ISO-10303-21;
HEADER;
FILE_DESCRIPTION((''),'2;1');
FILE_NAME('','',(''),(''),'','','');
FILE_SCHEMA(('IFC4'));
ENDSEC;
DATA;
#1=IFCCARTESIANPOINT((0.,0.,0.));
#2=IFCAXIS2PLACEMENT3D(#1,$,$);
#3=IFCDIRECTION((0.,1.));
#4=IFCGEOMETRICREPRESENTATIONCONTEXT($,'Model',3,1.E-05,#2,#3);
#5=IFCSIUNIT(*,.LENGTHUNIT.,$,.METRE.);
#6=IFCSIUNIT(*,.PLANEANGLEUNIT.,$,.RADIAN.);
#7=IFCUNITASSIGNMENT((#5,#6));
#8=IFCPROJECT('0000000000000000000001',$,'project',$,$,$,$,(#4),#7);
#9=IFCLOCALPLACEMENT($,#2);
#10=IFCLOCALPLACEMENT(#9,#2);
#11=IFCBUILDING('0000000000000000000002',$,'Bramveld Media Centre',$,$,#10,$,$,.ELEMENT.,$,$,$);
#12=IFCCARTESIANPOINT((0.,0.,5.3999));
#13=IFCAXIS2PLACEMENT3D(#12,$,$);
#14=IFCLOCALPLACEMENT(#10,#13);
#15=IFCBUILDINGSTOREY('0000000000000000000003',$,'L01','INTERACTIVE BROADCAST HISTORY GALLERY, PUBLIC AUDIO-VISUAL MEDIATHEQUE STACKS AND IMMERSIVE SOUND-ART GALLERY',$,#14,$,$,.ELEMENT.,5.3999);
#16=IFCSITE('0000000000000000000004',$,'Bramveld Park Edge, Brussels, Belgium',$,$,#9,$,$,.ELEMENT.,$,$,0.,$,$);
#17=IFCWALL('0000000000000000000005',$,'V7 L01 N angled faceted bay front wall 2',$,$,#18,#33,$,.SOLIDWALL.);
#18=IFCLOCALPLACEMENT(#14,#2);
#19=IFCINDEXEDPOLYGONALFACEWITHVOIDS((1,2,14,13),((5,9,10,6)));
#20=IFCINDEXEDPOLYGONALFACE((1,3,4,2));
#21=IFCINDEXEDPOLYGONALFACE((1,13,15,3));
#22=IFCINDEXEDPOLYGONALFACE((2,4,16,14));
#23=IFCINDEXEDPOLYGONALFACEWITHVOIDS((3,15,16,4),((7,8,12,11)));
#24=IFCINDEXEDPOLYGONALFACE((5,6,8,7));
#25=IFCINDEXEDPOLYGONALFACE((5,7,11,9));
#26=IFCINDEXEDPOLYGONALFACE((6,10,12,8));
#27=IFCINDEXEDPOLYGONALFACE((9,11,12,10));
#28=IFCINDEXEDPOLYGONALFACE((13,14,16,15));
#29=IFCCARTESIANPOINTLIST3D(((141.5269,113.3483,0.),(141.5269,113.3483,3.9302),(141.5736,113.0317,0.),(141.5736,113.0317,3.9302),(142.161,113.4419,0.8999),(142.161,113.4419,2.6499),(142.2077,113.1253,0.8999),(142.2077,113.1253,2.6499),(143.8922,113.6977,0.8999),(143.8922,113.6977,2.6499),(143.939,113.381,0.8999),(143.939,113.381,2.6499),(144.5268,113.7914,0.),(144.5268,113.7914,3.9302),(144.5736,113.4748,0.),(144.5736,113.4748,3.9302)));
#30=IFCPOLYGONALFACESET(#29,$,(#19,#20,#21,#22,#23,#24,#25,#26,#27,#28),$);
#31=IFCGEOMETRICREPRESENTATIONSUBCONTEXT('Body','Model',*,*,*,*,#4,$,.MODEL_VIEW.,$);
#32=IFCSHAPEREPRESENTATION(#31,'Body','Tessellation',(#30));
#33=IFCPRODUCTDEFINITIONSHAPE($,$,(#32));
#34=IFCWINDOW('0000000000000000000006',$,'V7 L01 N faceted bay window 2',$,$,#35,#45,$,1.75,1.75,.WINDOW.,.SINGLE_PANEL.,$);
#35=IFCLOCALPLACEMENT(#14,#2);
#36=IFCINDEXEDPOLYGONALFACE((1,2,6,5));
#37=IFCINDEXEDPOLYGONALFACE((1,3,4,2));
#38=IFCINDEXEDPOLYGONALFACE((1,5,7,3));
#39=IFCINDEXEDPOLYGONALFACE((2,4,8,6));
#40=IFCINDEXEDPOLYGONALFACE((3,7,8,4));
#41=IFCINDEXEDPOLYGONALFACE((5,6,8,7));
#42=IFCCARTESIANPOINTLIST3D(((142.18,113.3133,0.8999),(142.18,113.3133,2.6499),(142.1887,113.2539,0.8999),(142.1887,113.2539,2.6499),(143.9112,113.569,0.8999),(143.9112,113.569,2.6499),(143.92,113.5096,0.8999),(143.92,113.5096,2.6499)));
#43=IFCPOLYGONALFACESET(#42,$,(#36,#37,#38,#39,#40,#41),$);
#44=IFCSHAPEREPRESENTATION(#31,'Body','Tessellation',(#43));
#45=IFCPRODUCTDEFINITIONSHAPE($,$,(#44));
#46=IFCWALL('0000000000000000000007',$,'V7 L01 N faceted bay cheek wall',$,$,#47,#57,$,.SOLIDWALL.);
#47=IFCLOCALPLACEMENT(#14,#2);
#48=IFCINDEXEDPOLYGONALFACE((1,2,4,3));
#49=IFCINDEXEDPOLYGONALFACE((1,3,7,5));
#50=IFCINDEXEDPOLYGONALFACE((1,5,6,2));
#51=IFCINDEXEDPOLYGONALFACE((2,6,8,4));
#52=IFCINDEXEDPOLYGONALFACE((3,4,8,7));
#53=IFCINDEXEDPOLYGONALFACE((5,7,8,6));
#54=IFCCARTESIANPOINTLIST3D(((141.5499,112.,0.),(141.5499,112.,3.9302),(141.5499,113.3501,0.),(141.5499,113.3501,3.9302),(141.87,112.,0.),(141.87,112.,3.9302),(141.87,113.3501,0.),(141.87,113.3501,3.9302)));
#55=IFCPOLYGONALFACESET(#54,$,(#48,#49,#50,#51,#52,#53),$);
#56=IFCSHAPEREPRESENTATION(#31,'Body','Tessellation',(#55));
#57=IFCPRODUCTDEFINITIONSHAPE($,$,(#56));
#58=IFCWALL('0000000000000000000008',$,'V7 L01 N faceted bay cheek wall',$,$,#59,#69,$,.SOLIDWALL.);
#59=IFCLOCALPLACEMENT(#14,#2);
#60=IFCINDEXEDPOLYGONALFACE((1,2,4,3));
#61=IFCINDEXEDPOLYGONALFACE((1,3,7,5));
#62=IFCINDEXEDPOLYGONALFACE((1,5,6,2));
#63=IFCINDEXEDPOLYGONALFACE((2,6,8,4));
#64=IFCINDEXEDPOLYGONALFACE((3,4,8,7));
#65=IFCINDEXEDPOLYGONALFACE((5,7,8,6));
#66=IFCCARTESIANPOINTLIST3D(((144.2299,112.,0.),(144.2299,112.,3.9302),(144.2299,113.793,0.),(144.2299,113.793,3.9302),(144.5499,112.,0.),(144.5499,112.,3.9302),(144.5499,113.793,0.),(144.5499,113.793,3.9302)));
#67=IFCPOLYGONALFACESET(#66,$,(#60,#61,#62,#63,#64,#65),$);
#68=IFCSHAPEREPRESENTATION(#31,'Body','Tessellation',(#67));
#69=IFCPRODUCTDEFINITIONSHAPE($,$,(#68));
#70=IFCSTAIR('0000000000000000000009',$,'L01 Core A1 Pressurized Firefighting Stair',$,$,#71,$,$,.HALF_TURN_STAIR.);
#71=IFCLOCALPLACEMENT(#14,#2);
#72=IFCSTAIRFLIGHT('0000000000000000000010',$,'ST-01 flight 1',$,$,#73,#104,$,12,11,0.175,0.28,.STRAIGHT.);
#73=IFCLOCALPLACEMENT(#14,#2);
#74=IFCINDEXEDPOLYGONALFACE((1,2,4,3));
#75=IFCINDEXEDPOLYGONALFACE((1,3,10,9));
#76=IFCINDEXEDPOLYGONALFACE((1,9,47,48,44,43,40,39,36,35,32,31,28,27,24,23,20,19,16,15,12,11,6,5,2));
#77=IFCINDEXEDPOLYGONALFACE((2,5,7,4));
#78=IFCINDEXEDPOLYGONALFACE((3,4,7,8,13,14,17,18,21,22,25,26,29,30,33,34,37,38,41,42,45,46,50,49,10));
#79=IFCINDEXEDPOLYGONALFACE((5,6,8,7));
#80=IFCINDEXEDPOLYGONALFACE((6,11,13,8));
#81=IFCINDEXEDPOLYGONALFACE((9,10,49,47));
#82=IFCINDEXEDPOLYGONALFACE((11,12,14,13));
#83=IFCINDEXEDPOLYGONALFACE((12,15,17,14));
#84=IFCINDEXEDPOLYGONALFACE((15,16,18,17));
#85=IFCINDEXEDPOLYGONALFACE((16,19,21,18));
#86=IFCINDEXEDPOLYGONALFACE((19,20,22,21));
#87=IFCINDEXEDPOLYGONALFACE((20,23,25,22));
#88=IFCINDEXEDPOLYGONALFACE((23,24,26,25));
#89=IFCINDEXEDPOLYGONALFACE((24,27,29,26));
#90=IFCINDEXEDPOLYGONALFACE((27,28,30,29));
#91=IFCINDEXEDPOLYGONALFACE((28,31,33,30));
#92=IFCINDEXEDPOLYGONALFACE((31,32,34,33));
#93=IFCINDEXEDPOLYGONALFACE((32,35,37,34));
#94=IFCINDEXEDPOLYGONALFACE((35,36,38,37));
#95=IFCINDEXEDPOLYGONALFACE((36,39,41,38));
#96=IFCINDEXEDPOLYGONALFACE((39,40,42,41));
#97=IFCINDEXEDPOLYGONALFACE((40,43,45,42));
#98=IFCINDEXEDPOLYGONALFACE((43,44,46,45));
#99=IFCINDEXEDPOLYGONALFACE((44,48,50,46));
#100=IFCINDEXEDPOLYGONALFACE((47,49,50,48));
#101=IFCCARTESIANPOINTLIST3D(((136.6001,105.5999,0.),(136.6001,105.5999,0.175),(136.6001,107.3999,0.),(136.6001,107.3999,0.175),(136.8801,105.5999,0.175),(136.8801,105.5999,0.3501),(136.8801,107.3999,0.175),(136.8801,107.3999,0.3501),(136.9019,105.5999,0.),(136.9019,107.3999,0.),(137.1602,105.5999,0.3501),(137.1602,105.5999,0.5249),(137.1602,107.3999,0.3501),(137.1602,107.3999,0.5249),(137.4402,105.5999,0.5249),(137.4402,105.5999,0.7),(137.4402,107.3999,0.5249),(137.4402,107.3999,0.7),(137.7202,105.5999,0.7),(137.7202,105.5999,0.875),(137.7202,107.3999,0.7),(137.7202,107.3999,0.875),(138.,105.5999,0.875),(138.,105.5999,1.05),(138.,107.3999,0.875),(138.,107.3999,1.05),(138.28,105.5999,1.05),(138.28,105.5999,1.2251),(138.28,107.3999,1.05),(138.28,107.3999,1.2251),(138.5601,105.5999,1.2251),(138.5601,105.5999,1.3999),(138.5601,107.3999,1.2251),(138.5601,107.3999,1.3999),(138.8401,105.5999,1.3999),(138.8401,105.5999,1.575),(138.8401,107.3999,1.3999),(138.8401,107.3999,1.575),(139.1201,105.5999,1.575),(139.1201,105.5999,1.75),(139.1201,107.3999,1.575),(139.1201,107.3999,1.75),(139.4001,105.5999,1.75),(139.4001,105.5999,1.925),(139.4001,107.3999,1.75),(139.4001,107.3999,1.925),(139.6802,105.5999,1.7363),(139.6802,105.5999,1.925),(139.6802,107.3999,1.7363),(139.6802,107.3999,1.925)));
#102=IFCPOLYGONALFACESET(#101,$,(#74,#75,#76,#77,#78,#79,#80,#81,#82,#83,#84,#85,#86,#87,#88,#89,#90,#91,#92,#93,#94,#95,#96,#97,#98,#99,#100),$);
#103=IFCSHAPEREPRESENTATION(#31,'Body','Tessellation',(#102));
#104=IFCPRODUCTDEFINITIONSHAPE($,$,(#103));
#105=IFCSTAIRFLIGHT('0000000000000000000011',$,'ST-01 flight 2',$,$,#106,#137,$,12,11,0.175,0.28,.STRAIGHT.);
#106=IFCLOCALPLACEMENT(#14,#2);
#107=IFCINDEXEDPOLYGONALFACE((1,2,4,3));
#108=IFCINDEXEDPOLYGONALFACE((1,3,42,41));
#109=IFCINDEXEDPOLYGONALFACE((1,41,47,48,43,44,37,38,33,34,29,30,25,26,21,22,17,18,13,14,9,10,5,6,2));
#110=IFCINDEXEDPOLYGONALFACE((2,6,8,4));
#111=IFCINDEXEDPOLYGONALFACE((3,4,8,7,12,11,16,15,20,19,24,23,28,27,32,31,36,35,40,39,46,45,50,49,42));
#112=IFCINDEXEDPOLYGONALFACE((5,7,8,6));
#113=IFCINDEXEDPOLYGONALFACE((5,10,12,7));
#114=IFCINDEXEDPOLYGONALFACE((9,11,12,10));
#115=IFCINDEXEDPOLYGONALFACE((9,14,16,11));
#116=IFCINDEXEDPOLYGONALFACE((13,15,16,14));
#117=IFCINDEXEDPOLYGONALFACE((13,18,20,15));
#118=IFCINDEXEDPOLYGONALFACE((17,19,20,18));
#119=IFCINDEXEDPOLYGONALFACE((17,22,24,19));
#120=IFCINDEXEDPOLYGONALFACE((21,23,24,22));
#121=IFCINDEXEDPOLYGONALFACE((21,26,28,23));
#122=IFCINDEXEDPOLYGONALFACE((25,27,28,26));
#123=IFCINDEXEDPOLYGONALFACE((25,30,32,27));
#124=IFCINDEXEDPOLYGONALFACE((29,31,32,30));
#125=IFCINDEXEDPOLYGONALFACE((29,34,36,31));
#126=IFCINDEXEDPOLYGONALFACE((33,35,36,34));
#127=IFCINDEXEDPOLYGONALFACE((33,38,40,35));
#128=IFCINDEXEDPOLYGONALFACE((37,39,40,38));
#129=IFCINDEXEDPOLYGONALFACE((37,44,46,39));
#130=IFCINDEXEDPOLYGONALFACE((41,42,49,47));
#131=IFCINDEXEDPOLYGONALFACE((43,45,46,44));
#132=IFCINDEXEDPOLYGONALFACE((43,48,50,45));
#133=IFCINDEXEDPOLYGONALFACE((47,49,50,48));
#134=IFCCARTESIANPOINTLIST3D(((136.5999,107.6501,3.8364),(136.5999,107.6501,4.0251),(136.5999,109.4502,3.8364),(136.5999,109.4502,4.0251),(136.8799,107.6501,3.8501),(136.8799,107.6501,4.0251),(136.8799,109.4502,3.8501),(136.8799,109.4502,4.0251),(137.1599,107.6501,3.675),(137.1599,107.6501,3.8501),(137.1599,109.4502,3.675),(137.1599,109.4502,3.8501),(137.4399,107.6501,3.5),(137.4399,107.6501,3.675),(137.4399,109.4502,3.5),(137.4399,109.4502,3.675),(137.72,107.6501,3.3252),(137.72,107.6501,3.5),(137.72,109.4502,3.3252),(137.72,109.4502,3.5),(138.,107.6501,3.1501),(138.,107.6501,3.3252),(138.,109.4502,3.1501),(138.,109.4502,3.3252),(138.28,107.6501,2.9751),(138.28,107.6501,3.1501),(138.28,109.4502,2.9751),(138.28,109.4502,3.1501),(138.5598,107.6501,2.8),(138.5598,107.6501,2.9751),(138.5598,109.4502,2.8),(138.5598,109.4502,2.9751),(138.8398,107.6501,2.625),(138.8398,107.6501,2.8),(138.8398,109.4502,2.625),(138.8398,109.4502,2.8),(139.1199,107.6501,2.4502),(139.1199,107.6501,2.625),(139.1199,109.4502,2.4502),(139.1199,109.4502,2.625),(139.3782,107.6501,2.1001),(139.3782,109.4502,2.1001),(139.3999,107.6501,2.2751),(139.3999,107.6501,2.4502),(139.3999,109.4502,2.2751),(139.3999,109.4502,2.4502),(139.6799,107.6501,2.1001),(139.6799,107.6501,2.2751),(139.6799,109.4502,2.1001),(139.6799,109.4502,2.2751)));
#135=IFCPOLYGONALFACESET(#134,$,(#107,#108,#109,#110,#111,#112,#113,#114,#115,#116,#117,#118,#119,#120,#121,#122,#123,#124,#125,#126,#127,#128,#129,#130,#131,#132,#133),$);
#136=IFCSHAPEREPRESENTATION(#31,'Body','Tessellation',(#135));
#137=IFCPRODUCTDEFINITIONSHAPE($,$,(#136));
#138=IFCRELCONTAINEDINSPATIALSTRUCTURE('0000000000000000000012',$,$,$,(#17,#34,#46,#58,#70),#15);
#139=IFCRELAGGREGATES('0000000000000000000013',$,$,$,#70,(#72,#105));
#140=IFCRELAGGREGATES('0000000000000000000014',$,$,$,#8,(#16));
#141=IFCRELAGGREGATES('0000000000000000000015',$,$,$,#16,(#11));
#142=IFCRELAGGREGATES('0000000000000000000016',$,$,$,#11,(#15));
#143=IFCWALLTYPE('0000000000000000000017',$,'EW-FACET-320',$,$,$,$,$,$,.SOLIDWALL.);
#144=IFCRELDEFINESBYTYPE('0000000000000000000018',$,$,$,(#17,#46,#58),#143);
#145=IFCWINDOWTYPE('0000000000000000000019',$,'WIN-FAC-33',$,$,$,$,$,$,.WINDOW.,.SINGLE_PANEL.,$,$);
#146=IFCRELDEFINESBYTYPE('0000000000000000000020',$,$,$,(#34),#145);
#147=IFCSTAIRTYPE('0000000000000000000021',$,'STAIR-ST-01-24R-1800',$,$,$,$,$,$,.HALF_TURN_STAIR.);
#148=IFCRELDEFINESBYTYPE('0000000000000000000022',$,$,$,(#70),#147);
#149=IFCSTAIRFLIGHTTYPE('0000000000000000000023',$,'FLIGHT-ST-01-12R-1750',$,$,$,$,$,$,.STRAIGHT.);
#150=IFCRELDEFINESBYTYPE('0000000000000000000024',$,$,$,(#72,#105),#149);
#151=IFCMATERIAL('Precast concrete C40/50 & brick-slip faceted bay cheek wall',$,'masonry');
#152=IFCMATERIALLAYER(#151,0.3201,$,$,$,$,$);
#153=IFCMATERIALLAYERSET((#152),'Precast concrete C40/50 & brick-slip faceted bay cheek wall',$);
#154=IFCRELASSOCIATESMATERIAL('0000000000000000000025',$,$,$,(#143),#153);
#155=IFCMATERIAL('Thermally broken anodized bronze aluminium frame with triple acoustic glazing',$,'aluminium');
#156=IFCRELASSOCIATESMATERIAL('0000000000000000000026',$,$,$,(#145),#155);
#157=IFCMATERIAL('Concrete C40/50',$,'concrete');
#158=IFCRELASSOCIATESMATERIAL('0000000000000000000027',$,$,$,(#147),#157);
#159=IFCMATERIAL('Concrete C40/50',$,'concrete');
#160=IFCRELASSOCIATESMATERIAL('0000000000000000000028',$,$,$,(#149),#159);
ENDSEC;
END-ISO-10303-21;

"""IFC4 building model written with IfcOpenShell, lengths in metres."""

from ifc_helpers import new_model, si_unit, direction, frame, frame_2d, origin, place, context, subcontext, project, spatial, polyline, rectangle, outline, extrude, material, layer, layer_set, type_object, element, fill, aggregate, save


model = new_model("IFC4")

# Units and contexts
model_context = context("Model", 3, precision=1e-05, world=origin(), true_north=direction((0.0, 1.0)))
body_context = subcontext(model_context, "Body", "Model", "MODEL_VIEW")
ifc_project = project(units=[si_unit("LENGTHUNIT", "METRE"), si_unit("PLANEANGLEUNIT", "RADIAN")], contexts=[model_context])

# Site, building, storey
site_placement = place(None, origin())
site = spatial("IfcSite", under=ifc_project, at=site_placement, Name="Bramveld Park Edge, Brussels, Belgium", CompositionType="ELEMENT", RefElevation=0.0)
building_placement = place(site_placement, origin())
building = spatial("IfcBuilding", under=site, at=building_placement, Name="Bramveld Media Centre", CompositionType="ELEMENT")
storey_placement = place(building_placement, frame((0.0, 0.0, 5.3999)))
storey = spatial("IfcBuildingStorey", under=building, at=storey_placement, Name="L01", Description="INTERACTIVE BROADCAST HISTORY GALLERY, PUBLIC AUDIO-VISUAL MEDIATHEQUE STACKS AND IMMERSIVE SOUND-ART GALLERY", CompositionType="ELEMENT", Elevation=5.3999)

# Shared definitions
ifc_material_1 = material(Name="Precast concrete C40/50 & brick-slip faceted bay cheek wall", Category="masonry")
ifc_layer_1 = layer(ifc_material_1, 0.3201)
ifc_layer_set_1 = layer_set([ifc_layer_1], Name="Precast concrete C40/50 & brick-slip faceted bay cheek wall")
wall_type_1 = type_object("IfcWallType", Name="EW-FACET-320", PredefinedType="SOLIDWALL", material=ifc_layer_set_1)

# Wall, opening, window
wall_1_placement = place(storey_placement, frame((144.55, 113.6331, 0.0), z_axis=(0.0, 0.0, 1.0), x_axis=(-0.989267, -0.14612, 0.0)))
wall_1 = element("IfcWall", 1, at=wall_1_placement, inside=storey, type_object=wall_type_1, Name="V7 L01 N angled faceted bay front wall 2", PredefinedType="SOLIDWALL", context=body_context, shape_type="SweptSolid", body=[
    extrude(rectangle(XDim=3.0325, YDim=0.3201, at=frame_2d((1.5161, 0.0))), origin(), (0.0, 0.0, 1.0), 3.9302),
])
opening_1_placement = place(wall_1_placement, frame((0.6414, 0.0, 0.8999)))
opening_1 = element("IfcOpeningElement", 2, at=opening_1_placement, cuts=wall_1, PredefinedType="OPENING", context=body_context, shape_type="SweptSolid", body=[
    extrude(rectangle(XDim=1.75, YDim=1.75, at=frame_2d((0.875, 0.875))), frame((0.0, 0.1719, 0.0), z_axis=(0.0, -1.0, 0.0), x_axis=(1.0, 0.0, 0.0)), (0.0, 0.0, 1.0), 0.344),
])
ifc_material_2 = material(Name="Thermally broken anodized bronze aluminium frame with triple acoustic glazing", Category="aluminium")
window_type_1 = type_object("IfcWindowType", Name="WIN-FAC-33", PartitioningType="SINGLE_PANEL", PredefinedType="WINDOW", material=ifc_material_2)
window_1_placement = place(opening_1_placement, origin())
window_1 = element("IfcWindow", 3, at=window_1_placement, inside=storey, type_object=window_type_1, Name="V7 L01 N faceted bay window 2", OverallHeight=1.75, OverallWidth=1.75, PartitioningType="SINGLE_PANEL", PredefinedType="WINDOW", context=body_context, shape_type="SweptSolid", body=[
    extrude(rectangle(XDim=1.75, YDim=1.75, at=frame_2d((0.875, 0.875))), frame((0.0, 0.03, 0.0), z_axis=(0.0, -1.0, 0.0), x_axis=(1.0, 0.0, 0.0)), (0.0, 0.0, 1.0), 0.0601),
])
fill(opening_1, window_1)

# Walls
wall_2_placement = place(storey_placement, frame((141.71, 112.0, 0.0), z_axis=(0.0, 0.0, 1.0), x_axis=(0.0, 1.0, 0.0)))
element("IfcWall", 4, at=wall_2_placement, inside=storey, type_object=wall_type_1, Name="V7 L01 N faceted bay cheek wall", PredefinedType="SOLIDWALL", context=body_context, shape_type="SweptSolid", body=[
    extrude(rectangle(XDim=1.3501, YDim=0.3201, at=frame_2d((0.675, 0.0))), origin(), (0.0, 0.0, 1.0), 3.9302),
])
wall_3_placement = place(storey_placement, frame((144.3899, 112.0, 0.0), z_axis=(0.0, 0.0, 1.0), x_axis=(0.0, 1.0, 0.0)))
element("IfcWall", 5, at=wall_3_placement, inside=storey, type_object=wall_type_1, Name="V7 L01 N faceted bay cheek wall", PredefinedType="SOLIDWALL", context=body_context, shape_type="SweptSolid", body=[
    extrude(rectangle(XDim=1.793, YDim=0.3201, at=frame_2d((0.8965, 0.0))), origin(), (0.0, 0.0, 1.0), 3.9302),
])

# Stair, stair flights
ifc_material_3 = material(Name="Concrete C40/50", Category="concrete")
stair_type = type_object("IfcStairType", Name="STAIR-ST-01-24R-1800", PredefinedType="HALF_TURN_STAIR", material=ifc_material_3)
stair_placement = place(storey_placement, origin())
stair = element("IfcStair", 6, at=stair_placement, inside=storey, type_object=stair_type, Name="L01 Core A1 Pressurized Firefighting Stair", PredefinedType="HALF_TURN_STAIR")
ifc_material_4 = material(Name="Concrete C40/50", Category="concrete")
stair_flight_type = type_object("IfcStairFlightType", Name="FLIGHT-ST-01-12R-1750", PredefinedType="STRAIGHT", material=ifc_material_4)
stair_flight_1_placement = place(storey_placement, frame((136.6001, 106.5, 0.0), z_axis=(0.0, 0.0, 1.0), x_axis=(1.0, 0.0, 0.0)))
stair_flight_1 = element("IfcStairFlight", 7, at=stair_flight_1_placement, type_object=stair_flight_type, Name="ST-01 flight 1", NumberOfRisers=12, NumberOfTreads=11, PredefinedType="STRAIGHT", RiserHeight=0.175, TreadLength=0.28, context=body_context, shape_type="SweptSolid", body=[
    extrude(outline(polyline([(0.0, 0.0), (0.0, 0.175), (0.28, 0.175), (0.28, 0.3501), (0.5601, 0.3501), (0.5601, 0.5249), (0.8401, 0.5249), (0.8401, 0.7), (1.1201, 0.7), (1.1201, 0.875), (1.3999, 0.875), (1.3999, 1.05), (1.6799, 1.05), (1.6799, 1.2251), (1.96, 1.2251), (1.96, 1.3999), (2.24, 1.3999), (2.24, 1.575), (2.52, 1.575), (2.52, 1.75), (2.8, 1.75), (2.8, 1.925), (3.0801, 1.925), (3.0801, 2.1001), (3.0801, 1.7363), (0.3018, 0.0), (0.0, 0.0)])), frame((0.0, 0.8999, 0.0), z_axis=(0.0, -1.0, 0.0), x_axis=(1.0, 0.0, 0.0)), (0.0, 0.0, 1.0), 1.8),
])
stair_flight_2_placement = place(storey_placement, frame((139.6799, 108.55, 2.1001), z_axis=(0.0, 0.0, 1.0), x_axis=(-1.0, 0.0, 0.0)))
stair_flight_2 = element("IfcStairFlight", 8, at=stair_flight_2_placement, type_object=stair_flight_type, Name="ST-01 flight 2", NumberOfRisers=12, NumberOfTreads=11, PredefinedType="STRAIGHT", RiserHeight=0.175, TreadLength=0.28, context=body_context, shape_type="SweptSolid", body=[
    extrude(outline(polyline([(0.0, 0.0), (0.0, 0.175), (0.28, 0.175), (0.28, 0.3501), (0.5601, 0.3501), (0.5601, 0.5249), (0.8401, 0.5249), (0.8401, 0.7), (1.1201, 0.7), (1.1201, 0.875), (1.3999, 0.875), (1.3999, 1.05), (1.6799, 1.05), (1.6799, 1.2251), (1.96, 1.2251), (1.96, 1.3999), (2.24, 1.3999), (2.24, 1.575), (2.52, 1.575), (2.52, 1.75), (2.8, 1.75), (2.8, 1.925), (3.0801, 1.925), (3.0801, 2.1001), (3.0801, 1.7363), (0.3018, 0.0), (0.0, 0.0)])), frame((0.0, 0.8999, 0.0), z_axis=(0.0, -1.0, 0.0), x_axis=(1.0, 0.0, 0.0)), (0.0, 0.0, 1.0), 1.8),
])
aggregate(stair, [stair_flight_1, stair_flight_2])

save(model, "model.ifc")
